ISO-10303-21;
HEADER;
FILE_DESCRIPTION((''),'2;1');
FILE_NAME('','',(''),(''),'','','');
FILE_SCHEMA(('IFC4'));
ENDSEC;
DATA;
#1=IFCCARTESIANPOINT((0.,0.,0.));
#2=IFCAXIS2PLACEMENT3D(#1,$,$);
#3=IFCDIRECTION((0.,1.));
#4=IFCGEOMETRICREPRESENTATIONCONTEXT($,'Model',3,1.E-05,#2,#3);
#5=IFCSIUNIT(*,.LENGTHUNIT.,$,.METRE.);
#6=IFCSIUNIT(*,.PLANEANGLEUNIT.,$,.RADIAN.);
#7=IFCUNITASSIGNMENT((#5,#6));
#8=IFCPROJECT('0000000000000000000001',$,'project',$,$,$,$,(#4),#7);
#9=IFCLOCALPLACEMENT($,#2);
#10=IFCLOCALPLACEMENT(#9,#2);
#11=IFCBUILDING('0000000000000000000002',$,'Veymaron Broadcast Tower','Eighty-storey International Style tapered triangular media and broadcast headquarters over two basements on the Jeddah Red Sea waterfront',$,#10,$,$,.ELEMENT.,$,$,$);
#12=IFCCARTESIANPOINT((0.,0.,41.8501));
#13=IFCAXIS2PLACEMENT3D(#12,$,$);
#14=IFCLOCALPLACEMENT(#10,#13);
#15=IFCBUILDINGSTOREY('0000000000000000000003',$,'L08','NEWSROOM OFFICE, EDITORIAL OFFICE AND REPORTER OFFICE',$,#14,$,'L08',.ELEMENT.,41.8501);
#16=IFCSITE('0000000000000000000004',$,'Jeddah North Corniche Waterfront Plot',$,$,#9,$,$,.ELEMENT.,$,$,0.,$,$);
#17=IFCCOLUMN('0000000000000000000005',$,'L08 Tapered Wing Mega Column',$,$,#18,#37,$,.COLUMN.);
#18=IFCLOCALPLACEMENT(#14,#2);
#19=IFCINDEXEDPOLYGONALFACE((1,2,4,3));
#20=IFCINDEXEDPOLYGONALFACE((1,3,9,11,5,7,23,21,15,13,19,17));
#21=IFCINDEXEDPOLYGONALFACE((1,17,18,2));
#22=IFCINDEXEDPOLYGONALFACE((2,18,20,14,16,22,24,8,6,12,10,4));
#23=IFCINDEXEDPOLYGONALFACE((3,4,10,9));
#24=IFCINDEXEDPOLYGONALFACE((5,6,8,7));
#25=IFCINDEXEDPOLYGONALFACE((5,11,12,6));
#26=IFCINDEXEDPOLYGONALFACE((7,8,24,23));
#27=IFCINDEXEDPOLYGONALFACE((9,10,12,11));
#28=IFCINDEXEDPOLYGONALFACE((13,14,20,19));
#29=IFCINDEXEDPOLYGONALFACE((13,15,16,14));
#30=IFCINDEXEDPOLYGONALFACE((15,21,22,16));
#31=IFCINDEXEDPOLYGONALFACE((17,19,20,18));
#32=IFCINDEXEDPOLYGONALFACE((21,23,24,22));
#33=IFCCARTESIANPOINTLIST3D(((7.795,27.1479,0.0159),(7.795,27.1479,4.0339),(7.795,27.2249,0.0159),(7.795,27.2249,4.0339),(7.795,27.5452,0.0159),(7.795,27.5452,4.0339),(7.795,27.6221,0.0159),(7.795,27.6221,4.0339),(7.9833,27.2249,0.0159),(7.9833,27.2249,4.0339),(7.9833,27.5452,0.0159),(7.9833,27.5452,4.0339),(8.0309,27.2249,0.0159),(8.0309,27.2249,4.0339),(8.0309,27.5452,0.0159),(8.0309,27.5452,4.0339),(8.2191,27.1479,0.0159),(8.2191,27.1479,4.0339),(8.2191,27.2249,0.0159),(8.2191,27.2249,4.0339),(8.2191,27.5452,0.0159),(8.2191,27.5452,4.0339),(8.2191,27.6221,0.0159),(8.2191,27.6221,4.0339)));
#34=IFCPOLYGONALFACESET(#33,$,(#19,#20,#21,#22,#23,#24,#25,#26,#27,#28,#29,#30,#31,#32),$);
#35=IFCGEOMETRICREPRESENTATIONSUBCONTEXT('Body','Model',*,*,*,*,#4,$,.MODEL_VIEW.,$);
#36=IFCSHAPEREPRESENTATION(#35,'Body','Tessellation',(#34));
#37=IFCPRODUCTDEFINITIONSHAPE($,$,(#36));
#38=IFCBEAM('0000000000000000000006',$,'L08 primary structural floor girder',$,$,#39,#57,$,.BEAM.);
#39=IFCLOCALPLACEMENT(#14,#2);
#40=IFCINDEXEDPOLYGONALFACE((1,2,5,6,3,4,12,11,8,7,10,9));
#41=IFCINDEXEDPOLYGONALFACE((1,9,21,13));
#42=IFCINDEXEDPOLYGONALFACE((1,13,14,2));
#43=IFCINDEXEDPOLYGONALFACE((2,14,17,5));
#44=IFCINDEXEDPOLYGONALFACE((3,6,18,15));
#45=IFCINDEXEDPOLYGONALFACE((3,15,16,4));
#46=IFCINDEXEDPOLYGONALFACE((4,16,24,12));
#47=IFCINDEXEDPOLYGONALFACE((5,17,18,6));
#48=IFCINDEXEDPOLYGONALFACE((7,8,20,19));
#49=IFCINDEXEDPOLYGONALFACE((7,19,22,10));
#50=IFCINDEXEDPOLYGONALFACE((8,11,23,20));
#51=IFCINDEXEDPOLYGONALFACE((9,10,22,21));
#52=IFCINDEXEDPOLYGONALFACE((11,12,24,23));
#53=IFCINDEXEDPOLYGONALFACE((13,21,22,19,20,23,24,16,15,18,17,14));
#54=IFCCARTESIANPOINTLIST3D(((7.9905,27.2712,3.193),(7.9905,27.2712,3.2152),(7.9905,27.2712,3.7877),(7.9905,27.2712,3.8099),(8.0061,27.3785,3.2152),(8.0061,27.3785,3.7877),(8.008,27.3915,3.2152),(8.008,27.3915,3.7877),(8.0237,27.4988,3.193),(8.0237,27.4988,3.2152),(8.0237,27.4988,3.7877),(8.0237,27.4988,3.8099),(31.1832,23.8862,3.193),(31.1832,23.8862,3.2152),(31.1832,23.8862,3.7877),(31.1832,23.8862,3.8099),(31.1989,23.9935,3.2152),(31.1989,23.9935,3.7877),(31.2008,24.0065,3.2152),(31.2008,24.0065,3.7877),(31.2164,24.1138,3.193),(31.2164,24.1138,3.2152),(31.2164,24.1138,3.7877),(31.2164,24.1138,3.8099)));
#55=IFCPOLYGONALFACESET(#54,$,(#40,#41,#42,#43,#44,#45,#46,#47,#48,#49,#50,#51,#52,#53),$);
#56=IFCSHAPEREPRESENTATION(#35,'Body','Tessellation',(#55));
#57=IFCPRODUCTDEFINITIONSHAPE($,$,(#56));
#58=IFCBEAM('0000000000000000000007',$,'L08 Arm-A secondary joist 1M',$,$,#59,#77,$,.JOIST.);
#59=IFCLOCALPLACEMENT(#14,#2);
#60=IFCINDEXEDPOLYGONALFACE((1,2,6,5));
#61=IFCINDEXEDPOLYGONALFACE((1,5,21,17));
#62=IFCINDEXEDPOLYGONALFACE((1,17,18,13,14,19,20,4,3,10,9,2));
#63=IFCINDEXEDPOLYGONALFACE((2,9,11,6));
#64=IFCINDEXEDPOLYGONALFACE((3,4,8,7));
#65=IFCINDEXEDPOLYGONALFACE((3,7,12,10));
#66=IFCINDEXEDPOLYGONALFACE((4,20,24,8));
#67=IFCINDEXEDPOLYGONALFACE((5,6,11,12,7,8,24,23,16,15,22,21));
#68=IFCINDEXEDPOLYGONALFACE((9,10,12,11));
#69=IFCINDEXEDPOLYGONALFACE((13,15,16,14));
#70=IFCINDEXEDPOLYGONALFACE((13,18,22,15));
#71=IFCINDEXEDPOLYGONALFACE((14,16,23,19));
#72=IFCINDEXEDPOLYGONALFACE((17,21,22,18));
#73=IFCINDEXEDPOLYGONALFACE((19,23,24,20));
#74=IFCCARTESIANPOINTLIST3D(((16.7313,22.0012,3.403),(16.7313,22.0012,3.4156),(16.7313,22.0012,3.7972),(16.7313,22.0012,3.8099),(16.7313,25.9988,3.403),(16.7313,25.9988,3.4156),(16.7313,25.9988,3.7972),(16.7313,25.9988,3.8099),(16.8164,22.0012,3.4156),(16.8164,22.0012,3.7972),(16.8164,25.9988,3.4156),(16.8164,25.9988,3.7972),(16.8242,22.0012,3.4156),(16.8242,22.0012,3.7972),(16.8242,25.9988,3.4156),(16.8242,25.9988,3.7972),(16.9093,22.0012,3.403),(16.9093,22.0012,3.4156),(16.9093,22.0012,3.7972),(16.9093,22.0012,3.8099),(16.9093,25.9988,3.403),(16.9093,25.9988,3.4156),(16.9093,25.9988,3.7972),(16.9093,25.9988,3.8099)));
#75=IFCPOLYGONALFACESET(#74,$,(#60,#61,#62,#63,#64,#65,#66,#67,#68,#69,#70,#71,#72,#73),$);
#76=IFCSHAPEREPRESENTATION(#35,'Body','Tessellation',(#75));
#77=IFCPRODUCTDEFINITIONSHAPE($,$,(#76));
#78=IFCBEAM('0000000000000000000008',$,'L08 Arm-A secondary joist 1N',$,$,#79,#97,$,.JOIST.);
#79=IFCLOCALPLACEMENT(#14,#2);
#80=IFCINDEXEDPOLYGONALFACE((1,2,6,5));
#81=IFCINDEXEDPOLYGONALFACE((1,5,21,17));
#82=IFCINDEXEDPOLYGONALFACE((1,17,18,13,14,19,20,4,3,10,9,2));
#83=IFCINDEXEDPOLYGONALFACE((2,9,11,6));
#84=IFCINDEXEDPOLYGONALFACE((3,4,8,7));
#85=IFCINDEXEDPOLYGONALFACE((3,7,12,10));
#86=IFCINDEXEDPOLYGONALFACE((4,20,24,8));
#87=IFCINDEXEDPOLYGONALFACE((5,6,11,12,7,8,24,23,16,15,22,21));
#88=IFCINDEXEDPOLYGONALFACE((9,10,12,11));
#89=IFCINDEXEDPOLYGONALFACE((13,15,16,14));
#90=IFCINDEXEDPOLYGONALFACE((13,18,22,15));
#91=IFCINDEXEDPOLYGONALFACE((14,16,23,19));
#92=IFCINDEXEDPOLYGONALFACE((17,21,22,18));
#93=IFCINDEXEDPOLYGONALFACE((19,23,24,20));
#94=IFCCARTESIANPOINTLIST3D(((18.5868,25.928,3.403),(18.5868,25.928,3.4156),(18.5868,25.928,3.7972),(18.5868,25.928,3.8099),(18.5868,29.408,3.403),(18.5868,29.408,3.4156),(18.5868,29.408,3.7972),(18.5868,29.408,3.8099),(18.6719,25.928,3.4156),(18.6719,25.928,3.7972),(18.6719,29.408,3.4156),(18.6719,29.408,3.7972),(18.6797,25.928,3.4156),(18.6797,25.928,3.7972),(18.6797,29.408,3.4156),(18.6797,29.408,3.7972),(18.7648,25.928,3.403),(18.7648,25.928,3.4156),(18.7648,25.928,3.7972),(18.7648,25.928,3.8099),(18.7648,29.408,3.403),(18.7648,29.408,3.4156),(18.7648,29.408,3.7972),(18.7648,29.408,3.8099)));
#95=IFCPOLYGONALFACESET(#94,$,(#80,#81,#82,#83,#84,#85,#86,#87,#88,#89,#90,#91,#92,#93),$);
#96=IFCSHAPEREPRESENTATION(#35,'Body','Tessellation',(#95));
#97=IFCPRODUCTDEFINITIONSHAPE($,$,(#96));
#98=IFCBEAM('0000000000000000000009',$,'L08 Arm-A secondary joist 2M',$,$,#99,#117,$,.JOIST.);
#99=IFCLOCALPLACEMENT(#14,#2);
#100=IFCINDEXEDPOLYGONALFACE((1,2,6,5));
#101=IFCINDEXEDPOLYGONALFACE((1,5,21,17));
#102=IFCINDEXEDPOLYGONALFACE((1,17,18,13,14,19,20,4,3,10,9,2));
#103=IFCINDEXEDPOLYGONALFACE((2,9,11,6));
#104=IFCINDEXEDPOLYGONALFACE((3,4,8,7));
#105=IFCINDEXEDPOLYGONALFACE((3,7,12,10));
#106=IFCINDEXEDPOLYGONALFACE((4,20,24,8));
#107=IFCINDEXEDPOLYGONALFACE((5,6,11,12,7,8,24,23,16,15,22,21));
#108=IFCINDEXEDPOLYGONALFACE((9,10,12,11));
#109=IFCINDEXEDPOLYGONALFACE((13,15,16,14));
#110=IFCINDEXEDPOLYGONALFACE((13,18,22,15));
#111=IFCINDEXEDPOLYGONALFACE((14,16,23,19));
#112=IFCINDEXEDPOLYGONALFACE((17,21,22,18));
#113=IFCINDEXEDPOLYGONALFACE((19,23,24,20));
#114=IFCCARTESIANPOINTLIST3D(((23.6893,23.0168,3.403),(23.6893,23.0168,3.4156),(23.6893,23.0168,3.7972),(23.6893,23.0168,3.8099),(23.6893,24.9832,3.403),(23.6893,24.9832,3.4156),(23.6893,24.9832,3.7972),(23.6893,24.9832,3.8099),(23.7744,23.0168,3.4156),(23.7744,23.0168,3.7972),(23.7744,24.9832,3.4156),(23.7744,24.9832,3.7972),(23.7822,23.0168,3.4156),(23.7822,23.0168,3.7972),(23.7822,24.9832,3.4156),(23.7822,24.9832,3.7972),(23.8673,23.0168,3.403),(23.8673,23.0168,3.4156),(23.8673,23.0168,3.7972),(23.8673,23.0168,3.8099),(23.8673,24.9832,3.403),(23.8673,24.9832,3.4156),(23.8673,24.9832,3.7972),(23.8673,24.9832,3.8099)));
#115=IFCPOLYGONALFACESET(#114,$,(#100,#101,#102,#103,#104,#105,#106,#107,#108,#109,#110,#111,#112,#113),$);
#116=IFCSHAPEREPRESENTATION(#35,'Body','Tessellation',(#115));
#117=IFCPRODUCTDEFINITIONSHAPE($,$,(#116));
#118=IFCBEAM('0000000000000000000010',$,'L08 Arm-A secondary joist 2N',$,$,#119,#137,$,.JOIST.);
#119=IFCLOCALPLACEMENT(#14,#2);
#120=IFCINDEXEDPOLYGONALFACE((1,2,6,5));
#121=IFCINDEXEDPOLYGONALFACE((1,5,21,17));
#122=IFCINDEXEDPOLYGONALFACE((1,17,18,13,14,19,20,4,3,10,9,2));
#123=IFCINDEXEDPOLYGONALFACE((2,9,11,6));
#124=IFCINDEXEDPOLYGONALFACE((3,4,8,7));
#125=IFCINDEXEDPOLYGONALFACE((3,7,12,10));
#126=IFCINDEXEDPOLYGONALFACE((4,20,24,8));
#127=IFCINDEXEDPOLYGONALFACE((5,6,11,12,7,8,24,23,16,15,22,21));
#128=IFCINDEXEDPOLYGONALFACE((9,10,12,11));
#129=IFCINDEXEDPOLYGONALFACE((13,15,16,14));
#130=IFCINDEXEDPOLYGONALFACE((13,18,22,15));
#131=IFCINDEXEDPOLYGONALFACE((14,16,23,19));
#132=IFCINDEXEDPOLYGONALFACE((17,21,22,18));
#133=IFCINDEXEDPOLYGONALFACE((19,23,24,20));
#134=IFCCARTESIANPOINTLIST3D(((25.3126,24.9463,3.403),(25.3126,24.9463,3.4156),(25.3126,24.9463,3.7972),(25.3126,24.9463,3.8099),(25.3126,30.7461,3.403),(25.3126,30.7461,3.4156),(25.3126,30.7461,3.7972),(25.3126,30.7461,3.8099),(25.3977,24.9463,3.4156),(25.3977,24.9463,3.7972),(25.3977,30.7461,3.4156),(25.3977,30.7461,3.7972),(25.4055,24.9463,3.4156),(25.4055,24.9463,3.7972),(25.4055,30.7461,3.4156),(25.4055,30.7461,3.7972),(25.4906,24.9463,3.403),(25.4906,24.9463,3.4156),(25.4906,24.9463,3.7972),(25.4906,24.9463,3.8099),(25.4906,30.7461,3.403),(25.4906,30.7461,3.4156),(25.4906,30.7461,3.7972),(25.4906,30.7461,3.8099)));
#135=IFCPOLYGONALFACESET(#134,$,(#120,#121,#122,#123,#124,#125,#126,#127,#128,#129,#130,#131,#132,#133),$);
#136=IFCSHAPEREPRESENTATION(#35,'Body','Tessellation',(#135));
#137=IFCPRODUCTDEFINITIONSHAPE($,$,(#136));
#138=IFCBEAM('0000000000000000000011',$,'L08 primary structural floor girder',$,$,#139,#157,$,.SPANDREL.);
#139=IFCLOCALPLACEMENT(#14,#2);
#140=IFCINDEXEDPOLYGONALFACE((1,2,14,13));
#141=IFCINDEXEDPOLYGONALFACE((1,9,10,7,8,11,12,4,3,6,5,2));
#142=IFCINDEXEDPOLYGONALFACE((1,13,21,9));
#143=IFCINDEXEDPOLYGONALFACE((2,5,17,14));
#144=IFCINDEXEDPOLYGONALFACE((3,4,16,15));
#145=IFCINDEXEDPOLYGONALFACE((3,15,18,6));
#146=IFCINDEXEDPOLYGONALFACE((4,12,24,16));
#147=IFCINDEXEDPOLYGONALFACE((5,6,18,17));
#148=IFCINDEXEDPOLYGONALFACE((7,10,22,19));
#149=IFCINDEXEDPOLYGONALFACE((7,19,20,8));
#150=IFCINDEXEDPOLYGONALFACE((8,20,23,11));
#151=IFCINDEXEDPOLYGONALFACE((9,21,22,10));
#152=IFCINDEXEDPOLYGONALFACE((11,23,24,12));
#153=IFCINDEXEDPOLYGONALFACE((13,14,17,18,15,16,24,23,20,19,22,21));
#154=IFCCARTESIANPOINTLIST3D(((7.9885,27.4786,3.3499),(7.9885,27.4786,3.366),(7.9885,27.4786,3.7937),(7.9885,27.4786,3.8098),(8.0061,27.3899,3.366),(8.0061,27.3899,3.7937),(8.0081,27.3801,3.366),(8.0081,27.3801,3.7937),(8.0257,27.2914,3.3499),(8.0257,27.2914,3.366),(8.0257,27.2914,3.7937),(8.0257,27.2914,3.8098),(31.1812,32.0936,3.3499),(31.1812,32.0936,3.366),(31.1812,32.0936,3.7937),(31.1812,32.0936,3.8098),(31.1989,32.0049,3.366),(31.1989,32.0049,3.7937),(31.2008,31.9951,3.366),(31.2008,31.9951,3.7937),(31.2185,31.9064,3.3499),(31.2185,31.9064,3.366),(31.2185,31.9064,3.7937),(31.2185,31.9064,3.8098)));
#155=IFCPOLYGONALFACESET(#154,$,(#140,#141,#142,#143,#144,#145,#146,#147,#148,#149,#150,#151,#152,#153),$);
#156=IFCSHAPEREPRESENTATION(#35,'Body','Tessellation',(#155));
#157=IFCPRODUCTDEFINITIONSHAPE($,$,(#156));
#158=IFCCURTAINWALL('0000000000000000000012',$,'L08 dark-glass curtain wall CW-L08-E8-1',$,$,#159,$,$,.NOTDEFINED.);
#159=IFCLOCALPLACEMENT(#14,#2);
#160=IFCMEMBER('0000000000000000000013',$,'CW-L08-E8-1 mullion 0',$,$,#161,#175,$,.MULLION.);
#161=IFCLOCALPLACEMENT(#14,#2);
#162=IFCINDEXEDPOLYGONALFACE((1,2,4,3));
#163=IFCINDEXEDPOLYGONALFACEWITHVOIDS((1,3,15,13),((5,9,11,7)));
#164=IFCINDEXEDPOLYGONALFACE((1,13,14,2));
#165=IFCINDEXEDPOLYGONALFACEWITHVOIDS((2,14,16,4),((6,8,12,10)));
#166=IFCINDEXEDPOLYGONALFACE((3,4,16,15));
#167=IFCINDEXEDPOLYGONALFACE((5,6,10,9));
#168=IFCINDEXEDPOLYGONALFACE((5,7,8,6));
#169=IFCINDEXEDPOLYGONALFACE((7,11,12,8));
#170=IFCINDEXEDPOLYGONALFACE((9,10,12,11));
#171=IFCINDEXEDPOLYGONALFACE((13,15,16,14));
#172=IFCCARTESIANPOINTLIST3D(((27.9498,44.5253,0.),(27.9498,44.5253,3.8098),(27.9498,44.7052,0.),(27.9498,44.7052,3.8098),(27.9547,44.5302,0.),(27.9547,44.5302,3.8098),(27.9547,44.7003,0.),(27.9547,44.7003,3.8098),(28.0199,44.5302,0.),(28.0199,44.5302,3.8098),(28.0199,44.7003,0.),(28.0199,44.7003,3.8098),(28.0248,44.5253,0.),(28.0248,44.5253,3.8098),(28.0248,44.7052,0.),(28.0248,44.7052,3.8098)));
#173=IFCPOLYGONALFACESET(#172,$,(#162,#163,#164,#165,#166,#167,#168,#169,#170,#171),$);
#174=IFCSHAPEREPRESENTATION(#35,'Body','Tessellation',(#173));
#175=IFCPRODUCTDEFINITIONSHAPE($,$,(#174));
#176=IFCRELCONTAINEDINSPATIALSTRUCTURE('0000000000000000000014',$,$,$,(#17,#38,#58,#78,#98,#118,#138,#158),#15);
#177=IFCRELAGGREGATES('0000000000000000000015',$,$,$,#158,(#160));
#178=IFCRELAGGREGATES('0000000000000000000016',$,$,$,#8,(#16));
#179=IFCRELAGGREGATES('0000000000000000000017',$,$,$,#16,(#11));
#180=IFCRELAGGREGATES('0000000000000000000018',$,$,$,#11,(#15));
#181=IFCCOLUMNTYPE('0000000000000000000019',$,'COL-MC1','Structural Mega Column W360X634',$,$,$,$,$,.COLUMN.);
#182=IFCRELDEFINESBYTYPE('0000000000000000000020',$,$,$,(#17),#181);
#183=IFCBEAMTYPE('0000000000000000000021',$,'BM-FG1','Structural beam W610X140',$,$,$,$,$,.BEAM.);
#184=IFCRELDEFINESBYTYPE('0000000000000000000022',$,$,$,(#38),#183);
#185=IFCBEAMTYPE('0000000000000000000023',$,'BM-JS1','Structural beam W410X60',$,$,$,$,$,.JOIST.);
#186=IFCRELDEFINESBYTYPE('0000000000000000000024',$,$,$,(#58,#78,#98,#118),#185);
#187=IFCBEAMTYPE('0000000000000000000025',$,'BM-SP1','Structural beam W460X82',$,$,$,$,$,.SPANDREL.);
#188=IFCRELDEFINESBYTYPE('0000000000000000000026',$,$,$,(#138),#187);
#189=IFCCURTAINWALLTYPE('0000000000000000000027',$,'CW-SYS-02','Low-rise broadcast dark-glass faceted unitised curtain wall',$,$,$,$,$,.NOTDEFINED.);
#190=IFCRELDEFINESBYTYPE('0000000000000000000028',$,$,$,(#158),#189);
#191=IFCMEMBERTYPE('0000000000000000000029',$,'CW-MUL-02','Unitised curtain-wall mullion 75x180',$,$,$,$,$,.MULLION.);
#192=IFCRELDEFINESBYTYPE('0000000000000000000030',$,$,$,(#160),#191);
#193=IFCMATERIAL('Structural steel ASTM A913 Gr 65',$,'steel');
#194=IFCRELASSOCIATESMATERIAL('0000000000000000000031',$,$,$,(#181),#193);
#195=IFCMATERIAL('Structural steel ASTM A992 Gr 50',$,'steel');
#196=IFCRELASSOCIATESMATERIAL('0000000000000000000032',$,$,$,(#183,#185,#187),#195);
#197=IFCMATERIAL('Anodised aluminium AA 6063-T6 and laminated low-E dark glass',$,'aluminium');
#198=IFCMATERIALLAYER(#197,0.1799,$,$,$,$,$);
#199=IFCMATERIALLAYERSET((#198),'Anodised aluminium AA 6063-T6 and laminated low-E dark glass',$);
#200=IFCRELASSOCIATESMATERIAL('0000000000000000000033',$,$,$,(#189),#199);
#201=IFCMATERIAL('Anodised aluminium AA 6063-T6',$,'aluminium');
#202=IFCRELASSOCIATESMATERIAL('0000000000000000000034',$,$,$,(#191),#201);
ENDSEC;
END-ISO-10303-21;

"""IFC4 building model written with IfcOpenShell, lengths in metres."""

from ifc_helpers import new_model, si_unit, direction, frame, origin, origin_2d, place, context, subcontext, project, spatial, hollow_rectangle, i_section, extrude, material, layer, layer_set, material_profile, profile_set, type_object, element, aggregate, save


model = new_model("IFC4")

# Units and contexts
model_context = context("Model", 3, precision=1e-05, world=origin(), true_north=direction((0.0, 1.0)))
body_context = subcontext(model_context, "Body", "Model", "MODEL_VIEW")
ifc_project = project(units=[si_unit("LENGTHUNIT", "METRE"), si_unit("PLANEANGLEUNIT", "RADIAN")], contexts=[model_context])

# Site, building, storey
site_placement = place(None, origin())
site = spatial("IfcSite", under=ifc_project, at=site_placement, Name="Jeddah North Corniche Waterfront Plot", CompositionType="ELEMENT", RefElevation=0.0)
building_placement = place(site_placement, origin())
building = spatial("IfcBuilding", under=site, at=building_placement, Name="Veymaron Broadcast Tower", Description="Eighty-storey International Style tapered triangular media and broadcast headquarters over two basements on the Jeddah Red Sea waterfront", CompositionType="ELEMENT")
storey_placement = place(building_placement, frame((0.0, 0.0, 41.8501)))
storey = spatial("IfcBuildingStorey", under=building, at=storey_placement, Name="L08", Description="NEWSROOM OFFICE, EDITORIAL OFFICE AND REPORTER OFFICE", LongName="L08", CompositionType="ELEMENT", Elevation=41.8501)

# Column
ifc_material_1 = material(Name="Structural steel ASTM A913 Gr 65", Category="steel")
ifc_material_profile_1 = material_profile(ifc_material_1, i_section(OverallWidth=0.4241, OverallDepth=0.4741, WebThickness=0.0476, FlangeThickness=0.0769, at=origin_2d()), Name="W360X634")
ifc_profile_set_1 = profile_set([ifc_material_profile_1], Name="Structural steel ASTM A913 Gr 65")
column_type = type_object("IfcColumnType", Name="COL-MC1", Description="Structural Mega Column W360X634", PredefinedType="COLUMN", material=ifc_profile_set_1)
column_placement = place(storey_placement, frame((8.0071, 27.385, 0.0159), z_axis=(0.0, 0.0, 1.0), x_axis=(1.0, 0.0, 0.0)))
element("IfcColumn", 1, at=column_placement, inside=storey, type_object=column_type, Name="L08 Tapered Wing Mega Column", PredefinedType="COLUMN", context=body_context, shape_type="SweptSolid", body=[
    extrude(i_section(OverallWidth=0.4241, OverallDepth=0.4741, WebThickness=0.0476, FlangeThickness=0.0769, at=origin_2d()), origin(), (0.0, 0.0, 1.0), 4.0181),
])

# Beams
ifc_material_2 = material(Name="Structural steel ASTM A992 Gr 50", Category="steel")
ifc_material_profile_2 = material_profile(ifc_material_2, i_section(OverallWidth=0.23, OverallDepth=0.6169, WebThickness=0.0132, FlangeThickness=0.0222, at=origin_2d()), Name="W610X140")
ifc_profile_set_2 = profile_set([ifc_material_profile_2], Name="Structural steel ASTM A992 Gr 50")
beam_type_1 = type_object("IfcBeamType", Name="BM-FG1", Description="Structural beam W610X140", PredefinedType="BEAM", material=ifc_profile_set_2)
beam_1_placement = place(storey_placement, frame((8.0071, 27.385, 3.5015), z_axis=(0.989516, -0.14442, 0.0), x_axis=(0.14442, 0.989516, 0.0)))
element("IfcBeam", 2, at=beam_1_placement, inside=storey, type_object=beam_type_1, Name="L08 primary structural floor girder", PredefinedType="BEAM", context=body_context, shape_type="SweptSolid", body=[
    extrude(i_section(OverallWidth=0.23, OverallDepth=0.6169, WebThickness=0.0132, FlangeThickness=0.0222, at=origin_2d()), origin(), (0.0, 0.0, 1.0), 23.4385),
])
ifc_material_profile_3 = material_profile(ifc_material_2, i_section(OverallWidth=0.178, OverallDepth=0.407, WebThickness=0.0078, FlangeThickness=0.0127, at=origin_2d()), Name="W410X60")
ifc_profile_set_3 = profile_set([ifc_material_profile_3], Name="Structural steel ASTM A992 Gr 50")
beam_type_2 = type_object("IfcBeamType", Name="BM-JS1", Description="Structural beam W410X60", PredefinedType="JOIST", material=ifc_profile_set_3)
beam_2_placement = place(storey_placement, frame((16.8203, 22.0012, 3.6064), z_axis=(0.0, 1.0, 0.0), x_axis=(-1.0, 0.0, 0.0)))
element("IfcBeam", 3, at=beam_2_placement, inside=storey, type_object=beam_type_2, Name="L08 Arm-A secondary joist 1M", PredefinedType="JOIST", context=body_context, shape_type="SweptSolid", body=[
    extrude(i_section(OverallWidth=0.178, OverallDepth=0.407, WebThickness=0.0078, FlangeThickness=0.0127, at=origin_2d()), origin(), (0.0, 0.0, 1.0), 3.9976),
])
beam_3_placement = place(storey_placement, frame((18.6758, 25.928, 3.6064), z_axis=(0.0, 1.0, 0.0), x_axis=(-1.0, 0.0, 0.0)))
element("IfcBeam", 4, at=beam_3_placement, inside=storey, type_object=beam_type_2, Name="L08 Arm-A secondary joist 1N", PredefinedType="JOIST", context=body_context, shape_type="SweptSolid", body=[
    extrude(i_section(OverallWidth=0.178, OverallDepth=0.407, WebThickness=0.0078, FlangeThickness=0.0127, at=origin_2d()), origin(), (0.0, 0.0, 1.0), 3.48),
])
beam_4_placement = place(storey_placement, frame((23.7783, 23.0168, 3.6064), z_axis=(0.0, 1.0, 0.0), x_axis=(-1.0, 0.0, 0.0)))
element("IfcBeam", 5, at=beam_4_placement, inside=storey, type_object=beam_type_2, Name="L08 Arm-A secondary joist 2M", PredefinedType="JOIST", context=body_context, shape_type="SweptSolid", body=[
    extrude(i_section(OverallWidth=0.178, OverallDepth=0.407, WebThickness=0.0078, FlangeThickness=0.0127, at=origin_2d()), origin(), (0.0, 0.0, 1.0), 1.9663),
])
beam_5_placement = place(storey_placement, frame((25.4016, 24.9463, 3.6064), z_axis=(0.0, 1.0, 0.0), x_axis=(-1.0, 0.0, 0.0)))
element("IfcBeam", 6, at=beam_5_placement, inside=storey, type_object=beam_type_2, Name="L08 Arm-A secondary joist 2N", PredefinedType="JOIST", context=body_context, shape_type="SweptSolid", body=[
    extrude(i_section(OverallWidth=0.178, OverallDepth=0.407, WebThickness=0.0078, FlangeThickness=0.0127, at=origin_2d()), origin(), (0.0, 0.0, 1.0), 5.7998),
])
ifc_material_profile_4 = material_profile(ifc_material_2, i_section(OverallWidth=0.1909, OverallDepth=0.46, WebThickness=0.01, FlangeThickness=0.0161, at=origin_2d()), Name="W460X82")
ifc_profile_set_4 = profile_set([ifc_material_profile_4], Name="Structural steel ASTM A992 Gr 50")
beam_type_3 = type_object("IfcBeamType", Name="BM-SP1", Description="Structural beam W460X82", PredefinedType="SPANDREL", material=ifc_profile_set_4)
beam_6_placement = place(storey_placement, frame((8.0071, 27.385, 3.5798), z_axis=(0.980772, 0.195157, 0.0), x_axis=(-0.195157, 0.980772, 0.0)))
element("IfcBeam", 7, at=beam_6_placement, inside=storey, type_object=beam_type_3, Name="L08 primary structural floor girder", PredefinedType="SPANDREL", context=body_context, shape_type="SweptSolid", body=[
    extrude(i_section(OverallWidth=0.1909, OverallDepth=0.46, WebThickness=0.01, FlangeThickness=0.0161, at=origin_2d()), origin(), (0.0, 0.0, 1.0), 23.6475),
])

# Curtain wall, member
ifc_material_3 = material(Name="Anodised aluminium AA 6063-T6 and laminated low-E dark glass", Category="aluminium")
ifc_layer_1 = layer(ifc_material_3, 0.1799)
ifc_layer_set_1 = layer_set([ifc_layer_1], Name="Anodised aluminium AA 6063-T6 and laminated low-E dark glass")
curtain_wall_type = type_object("IfcCurtainWallType", Name="CW-SYS-02", Description="Low-rise broadcast dark-glass faceted unitised curtain wall", PredefinedType="NOTDEFINED", material=ifc_layer_set_1)
curtain_wall_1_placement = place(storey_placement, origin())
curtain_wall_1 = element("IfcCurtainWall", 8, at=curtain_wall_1_placement, inside=storey, type_object=curtain_wall_type, Name="L08 dark-glass curtain wall CW-L08-E8-1", PredefinedType="NOTDEFINED")
ifc_material_4 = material(Name="Anodised aluminium AA 6063-T6", Category="aluminium")
ifc_material_profile_5 = material_profile(ifc_material_4, hollow_rectangle(XDim=0.075, YDim=0.1799, WallThickness=0.0049, at=origin_2d()), Name="AL180X75X5")
ifc_profile_set_5 = profile_set([ifc_material_profile_5], Name="Anodised aluminium AA 6063-T6")
member_type_1 = type_object("IfcMemberType", Name="CW-MUL-02", Description="Unitised curtain-wall mullion 75x180", PredefinedType="MULLION", material=ifc_profile_set_5)
member_1_placement = place(storey_placement, frame((27.9873, 44.6152, 0.0), z_axis=(0.0, 0.0, 1.0), x_axis=(1.0, 0.0, 0.0)))
member_1 = element("IfcMember", 9, at=member_1_placement, type_object=member_type_1, Name="CW-L08-E8-1 mullion 0", PredefinedType="MULLION", context=body_context, shape_type="SweptSolid", body=[
    extrude(hollow_rectangle(XDim=0.075, YDim=0.1799, WallThickness=0.0049, at=origin_2d()), origin(), (0.0, 0.0, 1.0), 3.8098),
])

aggregate(curtain_wall_1, [member_1])

save(model, "model.ifc")
